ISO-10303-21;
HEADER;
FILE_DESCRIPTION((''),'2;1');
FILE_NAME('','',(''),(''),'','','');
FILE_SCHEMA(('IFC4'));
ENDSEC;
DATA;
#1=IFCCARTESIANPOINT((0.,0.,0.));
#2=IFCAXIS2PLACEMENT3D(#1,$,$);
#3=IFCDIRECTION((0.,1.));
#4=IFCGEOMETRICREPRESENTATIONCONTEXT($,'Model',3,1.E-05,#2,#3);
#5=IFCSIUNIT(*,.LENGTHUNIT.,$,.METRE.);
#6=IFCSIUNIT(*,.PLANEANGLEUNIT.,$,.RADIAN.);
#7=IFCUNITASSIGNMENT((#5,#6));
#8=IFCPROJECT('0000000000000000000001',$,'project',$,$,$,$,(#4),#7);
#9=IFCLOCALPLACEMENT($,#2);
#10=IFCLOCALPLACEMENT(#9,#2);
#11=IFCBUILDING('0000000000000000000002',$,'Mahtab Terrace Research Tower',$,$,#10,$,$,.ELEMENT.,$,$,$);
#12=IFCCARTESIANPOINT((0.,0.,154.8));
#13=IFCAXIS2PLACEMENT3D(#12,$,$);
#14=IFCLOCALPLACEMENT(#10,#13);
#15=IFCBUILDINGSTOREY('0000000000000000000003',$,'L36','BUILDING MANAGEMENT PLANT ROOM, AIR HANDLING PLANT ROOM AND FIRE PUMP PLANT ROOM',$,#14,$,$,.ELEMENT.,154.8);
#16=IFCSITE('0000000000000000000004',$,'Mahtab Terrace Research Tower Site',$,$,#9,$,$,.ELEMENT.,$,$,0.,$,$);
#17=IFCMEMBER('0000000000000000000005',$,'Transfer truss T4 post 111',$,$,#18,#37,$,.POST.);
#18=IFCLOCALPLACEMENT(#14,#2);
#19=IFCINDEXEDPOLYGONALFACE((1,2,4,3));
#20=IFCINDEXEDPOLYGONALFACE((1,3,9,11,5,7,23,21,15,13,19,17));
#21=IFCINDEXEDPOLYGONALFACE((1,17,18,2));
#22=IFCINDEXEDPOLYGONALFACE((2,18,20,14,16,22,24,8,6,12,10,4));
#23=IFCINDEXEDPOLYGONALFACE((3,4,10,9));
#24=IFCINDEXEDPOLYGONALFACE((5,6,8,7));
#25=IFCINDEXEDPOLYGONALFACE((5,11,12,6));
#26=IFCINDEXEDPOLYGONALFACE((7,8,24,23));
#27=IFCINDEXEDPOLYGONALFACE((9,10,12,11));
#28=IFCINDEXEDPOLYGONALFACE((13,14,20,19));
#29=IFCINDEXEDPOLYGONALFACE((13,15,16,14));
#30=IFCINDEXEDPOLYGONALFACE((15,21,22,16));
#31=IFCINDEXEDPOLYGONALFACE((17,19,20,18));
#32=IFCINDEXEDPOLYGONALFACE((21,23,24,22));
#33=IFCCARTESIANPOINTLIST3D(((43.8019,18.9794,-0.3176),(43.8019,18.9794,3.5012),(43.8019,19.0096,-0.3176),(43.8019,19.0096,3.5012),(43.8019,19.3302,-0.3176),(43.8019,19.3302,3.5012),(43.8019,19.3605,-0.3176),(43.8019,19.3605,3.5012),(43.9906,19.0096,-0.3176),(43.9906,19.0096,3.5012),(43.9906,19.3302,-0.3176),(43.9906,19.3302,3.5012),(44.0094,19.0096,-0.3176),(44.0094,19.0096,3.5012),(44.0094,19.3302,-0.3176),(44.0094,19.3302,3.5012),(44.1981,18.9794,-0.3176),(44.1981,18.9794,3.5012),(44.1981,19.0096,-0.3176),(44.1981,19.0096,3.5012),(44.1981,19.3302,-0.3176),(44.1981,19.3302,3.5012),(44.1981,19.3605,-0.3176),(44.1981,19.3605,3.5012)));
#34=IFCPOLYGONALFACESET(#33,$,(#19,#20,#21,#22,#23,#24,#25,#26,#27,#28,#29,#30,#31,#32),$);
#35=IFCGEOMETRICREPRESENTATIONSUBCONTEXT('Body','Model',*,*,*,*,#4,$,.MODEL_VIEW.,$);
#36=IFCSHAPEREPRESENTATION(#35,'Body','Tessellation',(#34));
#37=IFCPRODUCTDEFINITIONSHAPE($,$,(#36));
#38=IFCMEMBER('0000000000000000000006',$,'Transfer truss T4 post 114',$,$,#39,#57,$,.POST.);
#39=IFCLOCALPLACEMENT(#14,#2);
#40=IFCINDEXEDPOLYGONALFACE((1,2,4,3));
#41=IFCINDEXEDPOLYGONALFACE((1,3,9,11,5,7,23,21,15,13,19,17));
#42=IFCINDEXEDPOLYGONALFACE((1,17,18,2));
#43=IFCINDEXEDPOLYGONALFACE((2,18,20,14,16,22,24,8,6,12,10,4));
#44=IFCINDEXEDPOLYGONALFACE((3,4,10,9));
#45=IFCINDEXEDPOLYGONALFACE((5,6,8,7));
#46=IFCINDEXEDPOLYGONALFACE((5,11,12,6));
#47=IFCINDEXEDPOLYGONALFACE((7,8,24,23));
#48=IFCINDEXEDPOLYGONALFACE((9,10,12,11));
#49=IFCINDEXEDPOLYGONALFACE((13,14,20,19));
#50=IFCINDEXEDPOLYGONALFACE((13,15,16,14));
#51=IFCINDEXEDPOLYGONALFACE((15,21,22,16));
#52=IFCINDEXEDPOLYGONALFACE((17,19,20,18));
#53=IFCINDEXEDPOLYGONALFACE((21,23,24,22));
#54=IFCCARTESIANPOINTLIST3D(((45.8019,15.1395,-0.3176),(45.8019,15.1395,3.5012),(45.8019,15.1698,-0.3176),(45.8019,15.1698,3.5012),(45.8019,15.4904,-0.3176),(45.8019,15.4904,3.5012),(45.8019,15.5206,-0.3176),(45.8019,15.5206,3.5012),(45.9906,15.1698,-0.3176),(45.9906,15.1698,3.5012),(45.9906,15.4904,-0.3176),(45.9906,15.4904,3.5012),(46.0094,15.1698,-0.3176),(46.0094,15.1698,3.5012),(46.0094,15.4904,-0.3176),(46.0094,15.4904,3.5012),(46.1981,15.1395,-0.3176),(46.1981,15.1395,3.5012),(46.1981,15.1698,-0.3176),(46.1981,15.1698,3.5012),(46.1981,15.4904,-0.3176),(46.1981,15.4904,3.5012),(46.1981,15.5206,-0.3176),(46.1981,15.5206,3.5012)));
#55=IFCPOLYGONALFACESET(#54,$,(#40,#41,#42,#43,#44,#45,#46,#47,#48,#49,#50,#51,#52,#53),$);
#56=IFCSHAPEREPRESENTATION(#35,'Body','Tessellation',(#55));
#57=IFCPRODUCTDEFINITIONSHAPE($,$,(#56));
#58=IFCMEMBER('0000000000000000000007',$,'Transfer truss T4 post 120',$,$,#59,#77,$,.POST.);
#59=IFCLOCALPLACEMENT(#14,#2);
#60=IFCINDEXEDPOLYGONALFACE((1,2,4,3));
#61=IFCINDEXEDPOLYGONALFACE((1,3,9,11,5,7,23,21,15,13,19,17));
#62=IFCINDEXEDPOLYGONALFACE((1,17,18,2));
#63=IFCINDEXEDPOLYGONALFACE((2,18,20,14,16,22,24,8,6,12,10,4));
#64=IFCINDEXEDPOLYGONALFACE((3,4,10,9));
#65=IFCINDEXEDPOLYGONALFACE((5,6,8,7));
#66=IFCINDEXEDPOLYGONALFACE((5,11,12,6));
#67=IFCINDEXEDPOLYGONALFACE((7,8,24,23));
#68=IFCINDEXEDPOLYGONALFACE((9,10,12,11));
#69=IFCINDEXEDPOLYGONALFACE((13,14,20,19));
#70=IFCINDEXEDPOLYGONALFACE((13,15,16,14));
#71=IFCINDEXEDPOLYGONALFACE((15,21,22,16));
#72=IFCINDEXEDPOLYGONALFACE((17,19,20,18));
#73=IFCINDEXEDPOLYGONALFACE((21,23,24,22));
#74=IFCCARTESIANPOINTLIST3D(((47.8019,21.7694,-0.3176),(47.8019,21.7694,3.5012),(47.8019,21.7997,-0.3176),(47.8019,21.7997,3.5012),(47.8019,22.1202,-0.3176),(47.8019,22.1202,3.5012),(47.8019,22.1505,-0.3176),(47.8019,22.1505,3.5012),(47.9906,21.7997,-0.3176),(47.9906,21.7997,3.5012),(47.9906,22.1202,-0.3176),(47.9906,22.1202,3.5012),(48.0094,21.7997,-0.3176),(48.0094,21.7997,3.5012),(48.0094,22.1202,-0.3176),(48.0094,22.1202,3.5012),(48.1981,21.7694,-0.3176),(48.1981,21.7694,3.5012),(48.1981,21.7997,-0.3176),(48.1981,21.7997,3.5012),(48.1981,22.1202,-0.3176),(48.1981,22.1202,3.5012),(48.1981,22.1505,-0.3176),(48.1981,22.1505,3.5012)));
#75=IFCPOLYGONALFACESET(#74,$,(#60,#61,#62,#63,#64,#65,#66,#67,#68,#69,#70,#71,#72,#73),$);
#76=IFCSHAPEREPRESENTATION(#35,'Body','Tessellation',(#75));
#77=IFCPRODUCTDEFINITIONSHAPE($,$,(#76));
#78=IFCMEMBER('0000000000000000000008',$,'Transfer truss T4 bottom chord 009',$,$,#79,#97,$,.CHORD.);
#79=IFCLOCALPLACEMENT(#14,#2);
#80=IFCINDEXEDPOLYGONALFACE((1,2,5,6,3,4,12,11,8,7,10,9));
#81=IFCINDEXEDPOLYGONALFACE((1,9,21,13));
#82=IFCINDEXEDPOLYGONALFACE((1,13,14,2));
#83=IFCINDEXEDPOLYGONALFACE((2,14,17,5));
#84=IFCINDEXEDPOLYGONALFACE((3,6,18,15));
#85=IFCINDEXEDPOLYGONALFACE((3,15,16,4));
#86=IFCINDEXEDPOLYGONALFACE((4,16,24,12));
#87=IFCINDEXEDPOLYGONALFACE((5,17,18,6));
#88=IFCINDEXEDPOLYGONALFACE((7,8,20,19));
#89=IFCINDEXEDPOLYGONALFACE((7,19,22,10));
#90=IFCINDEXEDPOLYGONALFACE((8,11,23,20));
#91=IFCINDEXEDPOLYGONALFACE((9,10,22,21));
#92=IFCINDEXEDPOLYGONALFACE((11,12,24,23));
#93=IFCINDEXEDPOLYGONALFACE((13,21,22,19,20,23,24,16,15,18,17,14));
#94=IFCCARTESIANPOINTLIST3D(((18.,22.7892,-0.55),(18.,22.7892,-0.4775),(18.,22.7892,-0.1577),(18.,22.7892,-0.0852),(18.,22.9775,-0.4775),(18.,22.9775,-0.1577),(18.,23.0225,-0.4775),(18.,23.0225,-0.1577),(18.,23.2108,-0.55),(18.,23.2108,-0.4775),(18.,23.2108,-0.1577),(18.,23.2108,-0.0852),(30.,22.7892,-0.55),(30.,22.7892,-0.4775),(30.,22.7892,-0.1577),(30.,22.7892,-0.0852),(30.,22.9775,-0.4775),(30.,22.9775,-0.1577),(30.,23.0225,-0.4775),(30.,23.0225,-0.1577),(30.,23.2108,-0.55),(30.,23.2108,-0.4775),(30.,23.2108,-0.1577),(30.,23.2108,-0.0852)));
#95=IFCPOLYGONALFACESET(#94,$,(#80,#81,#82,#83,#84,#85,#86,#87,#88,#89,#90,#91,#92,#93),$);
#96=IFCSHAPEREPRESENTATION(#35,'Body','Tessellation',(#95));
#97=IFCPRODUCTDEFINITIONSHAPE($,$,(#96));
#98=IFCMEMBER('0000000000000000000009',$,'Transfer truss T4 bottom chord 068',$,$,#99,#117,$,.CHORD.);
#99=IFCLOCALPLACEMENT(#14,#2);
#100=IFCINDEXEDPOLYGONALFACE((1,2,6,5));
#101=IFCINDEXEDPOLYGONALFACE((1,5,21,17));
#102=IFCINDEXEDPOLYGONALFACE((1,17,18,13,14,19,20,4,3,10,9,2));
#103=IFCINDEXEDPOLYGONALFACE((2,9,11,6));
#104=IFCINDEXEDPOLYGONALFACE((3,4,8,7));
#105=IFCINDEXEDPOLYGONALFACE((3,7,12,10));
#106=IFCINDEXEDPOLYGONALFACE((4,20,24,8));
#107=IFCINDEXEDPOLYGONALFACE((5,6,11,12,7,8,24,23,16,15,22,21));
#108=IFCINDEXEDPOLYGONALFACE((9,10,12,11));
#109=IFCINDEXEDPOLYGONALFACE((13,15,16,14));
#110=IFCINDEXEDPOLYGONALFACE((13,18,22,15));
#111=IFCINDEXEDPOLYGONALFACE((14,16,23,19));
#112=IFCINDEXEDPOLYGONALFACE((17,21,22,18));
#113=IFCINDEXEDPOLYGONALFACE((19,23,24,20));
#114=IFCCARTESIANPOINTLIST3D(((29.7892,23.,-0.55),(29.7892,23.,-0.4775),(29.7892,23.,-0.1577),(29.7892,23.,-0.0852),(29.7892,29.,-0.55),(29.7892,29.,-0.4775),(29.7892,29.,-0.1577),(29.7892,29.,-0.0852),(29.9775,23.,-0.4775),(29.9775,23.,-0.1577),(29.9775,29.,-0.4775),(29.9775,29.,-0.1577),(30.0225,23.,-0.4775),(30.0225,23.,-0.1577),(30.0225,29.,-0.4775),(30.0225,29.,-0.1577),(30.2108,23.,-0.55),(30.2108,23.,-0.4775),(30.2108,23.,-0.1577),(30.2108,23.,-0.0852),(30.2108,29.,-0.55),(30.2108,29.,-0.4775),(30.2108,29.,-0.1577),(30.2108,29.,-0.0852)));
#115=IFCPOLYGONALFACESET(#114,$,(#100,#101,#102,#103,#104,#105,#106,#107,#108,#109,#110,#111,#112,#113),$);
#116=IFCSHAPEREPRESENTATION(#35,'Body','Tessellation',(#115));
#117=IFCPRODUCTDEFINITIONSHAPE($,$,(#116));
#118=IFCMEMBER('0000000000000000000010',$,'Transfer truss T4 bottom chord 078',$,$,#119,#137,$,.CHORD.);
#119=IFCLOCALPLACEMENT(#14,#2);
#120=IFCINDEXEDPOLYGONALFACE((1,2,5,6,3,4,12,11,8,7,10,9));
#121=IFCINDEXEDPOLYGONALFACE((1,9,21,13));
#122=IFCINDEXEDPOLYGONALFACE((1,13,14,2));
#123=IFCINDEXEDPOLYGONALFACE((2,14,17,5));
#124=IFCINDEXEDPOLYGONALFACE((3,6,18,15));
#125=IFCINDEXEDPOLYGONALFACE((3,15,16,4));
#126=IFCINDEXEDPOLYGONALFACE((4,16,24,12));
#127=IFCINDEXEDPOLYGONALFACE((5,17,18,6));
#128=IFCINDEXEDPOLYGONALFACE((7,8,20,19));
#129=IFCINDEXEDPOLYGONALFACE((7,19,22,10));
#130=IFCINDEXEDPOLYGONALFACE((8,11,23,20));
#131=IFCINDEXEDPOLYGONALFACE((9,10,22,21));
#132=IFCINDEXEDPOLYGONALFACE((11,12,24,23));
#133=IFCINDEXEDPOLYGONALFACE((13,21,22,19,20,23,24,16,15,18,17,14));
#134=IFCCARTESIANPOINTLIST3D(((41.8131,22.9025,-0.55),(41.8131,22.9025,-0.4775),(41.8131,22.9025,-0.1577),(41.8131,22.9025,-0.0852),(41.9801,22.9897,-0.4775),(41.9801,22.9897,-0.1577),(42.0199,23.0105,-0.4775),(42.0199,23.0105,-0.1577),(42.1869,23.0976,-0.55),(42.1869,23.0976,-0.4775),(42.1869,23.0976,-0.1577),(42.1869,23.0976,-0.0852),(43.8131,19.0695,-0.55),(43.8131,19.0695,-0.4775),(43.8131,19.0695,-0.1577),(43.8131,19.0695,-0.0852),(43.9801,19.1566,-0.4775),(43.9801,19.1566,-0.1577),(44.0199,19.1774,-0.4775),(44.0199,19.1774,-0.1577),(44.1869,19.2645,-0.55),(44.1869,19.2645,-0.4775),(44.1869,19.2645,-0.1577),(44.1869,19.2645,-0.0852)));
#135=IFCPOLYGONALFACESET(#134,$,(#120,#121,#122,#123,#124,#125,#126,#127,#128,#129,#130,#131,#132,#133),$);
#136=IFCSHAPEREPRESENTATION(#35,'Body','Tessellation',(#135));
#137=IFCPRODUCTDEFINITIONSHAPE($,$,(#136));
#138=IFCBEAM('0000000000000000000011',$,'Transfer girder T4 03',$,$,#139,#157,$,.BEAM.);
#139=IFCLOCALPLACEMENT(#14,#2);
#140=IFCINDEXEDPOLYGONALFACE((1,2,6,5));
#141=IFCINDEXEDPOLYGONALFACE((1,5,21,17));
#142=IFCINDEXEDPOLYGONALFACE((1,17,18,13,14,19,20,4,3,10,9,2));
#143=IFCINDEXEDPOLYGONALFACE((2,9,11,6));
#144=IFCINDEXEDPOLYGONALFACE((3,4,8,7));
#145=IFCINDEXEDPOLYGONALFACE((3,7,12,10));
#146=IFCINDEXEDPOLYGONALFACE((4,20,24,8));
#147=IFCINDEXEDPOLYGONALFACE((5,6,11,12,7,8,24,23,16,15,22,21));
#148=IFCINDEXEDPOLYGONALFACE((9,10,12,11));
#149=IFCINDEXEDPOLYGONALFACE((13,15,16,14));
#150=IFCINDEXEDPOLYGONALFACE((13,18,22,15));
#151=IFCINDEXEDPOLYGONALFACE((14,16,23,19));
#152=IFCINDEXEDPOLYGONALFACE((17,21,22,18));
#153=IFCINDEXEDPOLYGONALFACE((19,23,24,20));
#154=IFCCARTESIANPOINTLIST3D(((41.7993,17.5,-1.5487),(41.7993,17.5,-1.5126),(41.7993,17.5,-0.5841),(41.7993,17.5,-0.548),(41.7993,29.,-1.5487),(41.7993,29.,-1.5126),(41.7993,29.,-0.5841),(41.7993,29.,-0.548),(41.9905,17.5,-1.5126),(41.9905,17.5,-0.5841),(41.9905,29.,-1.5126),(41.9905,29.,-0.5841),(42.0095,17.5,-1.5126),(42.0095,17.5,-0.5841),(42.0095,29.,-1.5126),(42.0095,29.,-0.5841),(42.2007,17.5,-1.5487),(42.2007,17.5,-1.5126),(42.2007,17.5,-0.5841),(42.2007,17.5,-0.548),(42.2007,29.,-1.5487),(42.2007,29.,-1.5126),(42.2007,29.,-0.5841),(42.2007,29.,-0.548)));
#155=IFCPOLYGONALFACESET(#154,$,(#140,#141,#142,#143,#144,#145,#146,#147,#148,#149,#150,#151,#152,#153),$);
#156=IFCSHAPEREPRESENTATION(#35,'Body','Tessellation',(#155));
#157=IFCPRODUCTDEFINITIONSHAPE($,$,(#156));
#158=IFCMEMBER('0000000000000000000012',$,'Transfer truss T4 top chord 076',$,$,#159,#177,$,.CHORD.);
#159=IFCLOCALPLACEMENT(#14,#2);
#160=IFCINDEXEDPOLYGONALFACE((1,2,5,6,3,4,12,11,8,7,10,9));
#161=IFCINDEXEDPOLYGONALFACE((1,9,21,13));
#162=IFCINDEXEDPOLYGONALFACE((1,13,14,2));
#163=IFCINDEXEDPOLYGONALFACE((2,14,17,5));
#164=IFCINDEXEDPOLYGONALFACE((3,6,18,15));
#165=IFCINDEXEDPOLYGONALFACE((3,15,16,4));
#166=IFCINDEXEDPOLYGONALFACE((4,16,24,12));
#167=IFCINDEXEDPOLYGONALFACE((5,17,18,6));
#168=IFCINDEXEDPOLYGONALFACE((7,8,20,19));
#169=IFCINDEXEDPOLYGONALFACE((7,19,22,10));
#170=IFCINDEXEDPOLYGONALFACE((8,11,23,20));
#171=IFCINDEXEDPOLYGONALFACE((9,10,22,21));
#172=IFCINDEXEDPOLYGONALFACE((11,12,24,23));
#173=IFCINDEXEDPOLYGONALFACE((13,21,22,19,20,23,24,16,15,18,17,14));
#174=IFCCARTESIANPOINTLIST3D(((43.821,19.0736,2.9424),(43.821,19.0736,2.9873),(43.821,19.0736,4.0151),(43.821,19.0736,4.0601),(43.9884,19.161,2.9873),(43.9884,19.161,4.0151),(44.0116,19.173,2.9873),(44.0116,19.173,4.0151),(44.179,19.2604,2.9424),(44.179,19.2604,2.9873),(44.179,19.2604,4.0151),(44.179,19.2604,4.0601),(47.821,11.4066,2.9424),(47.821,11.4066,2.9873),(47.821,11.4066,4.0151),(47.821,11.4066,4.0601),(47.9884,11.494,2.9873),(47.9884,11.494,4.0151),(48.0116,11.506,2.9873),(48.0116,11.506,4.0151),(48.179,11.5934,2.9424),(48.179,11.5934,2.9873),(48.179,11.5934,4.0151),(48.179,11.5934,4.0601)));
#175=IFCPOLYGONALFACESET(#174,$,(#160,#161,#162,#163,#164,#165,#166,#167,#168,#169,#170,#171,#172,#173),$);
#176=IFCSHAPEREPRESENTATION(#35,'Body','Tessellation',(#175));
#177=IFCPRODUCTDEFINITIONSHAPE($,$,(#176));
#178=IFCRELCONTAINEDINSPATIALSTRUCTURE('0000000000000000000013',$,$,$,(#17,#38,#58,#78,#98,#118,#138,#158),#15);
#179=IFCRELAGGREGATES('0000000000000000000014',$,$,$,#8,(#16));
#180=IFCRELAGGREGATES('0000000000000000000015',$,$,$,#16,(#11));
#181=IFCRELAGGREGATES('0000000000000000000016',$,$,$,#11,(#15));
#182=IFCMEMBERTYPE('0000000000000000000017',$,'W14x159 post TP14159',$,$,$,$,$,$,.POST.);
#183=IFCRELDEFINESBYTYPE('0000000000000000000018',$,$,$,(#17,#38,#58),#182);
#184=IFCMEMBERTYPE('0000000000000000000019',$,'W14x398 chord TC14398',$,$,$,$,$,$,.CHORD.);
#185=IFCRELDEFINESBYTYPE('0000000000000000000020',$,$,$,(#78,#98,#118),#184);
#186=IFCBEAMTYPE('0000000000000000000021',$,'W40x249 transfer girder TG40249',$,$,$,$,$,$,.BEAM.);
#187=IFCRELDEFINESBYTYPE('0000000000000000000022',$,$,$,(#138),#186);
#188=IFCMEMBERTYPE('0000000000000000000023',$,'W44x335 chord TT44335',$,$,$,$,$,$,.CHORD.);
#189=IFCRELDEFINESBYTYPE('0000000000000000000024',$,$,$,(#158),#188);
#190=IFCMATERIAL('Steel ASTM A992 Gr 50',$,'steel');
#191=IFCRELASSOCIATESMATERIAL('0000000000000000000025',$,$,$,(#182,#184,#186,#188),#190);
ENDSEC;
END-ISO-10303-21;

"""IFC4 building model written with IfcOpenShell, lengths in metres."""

from ifc_helpers import new_model, si_unit, direction, frame, origin, origin_2d, place, context, subcontext, project, spatial, i_section, extrude, material, material_profile, profile_set, type_object, element, save


model = new_model("IFC4")

# Units and contexts
model_context = context("Model", 3, precision=1e-05, world=origin(), true_north=direction((0.0, 1.0)))
body_context = subcontext(model_context, "Body", "Model", "MODEL_VIEW")
ifc_project = project(units=[si_unit("LENGTHUNIT", "METRE"), si_unit("PLANEANGLEUNIT", "RADIAN")], contexts=[model_context])

# Site, building, storey
site_placement = place(None, origin())
site = spatial("IfcSite", under=ifc_project, at=site_placement, Name="Mahtab Terrace Research Tower Site", CompositionType="ELEMENT", RefElevation=0.0)
building_placement = place(site_placement, origin())
building = spatial("IfcBuilding", under=site, at=building_placement, Name="Mahtab Terrace Research Tower", CompositionType="ELEMENT")
storey_placement = place(building_placement, frame((0.0, 0.0, 154.8)))
storey = spatial("IfcBuildingStorey", under=building, at=storey_placement, Name="L36", Description="BUILDING MANAGEMENT PLANT ROOM, AIR HANDLING PLANT ROOM AND FIRE PUMP PLANT ROOM", CompositionType="ELEMENT", Elevation=154.8)

# Members
ifc_material_1 = material(Name="Steel ASTM A992 Gr 50", Category="steel")
ifc_material_profile_1 = material_profile(ifc_material_1, i_section(OverallWidth=0.3962, OverallDepth=0.3811, WebThickness=0.0188, FlangeThickness=0.0303, at=origin_2d()), Name="W14X159")
ifc_profile_set_1 = profile_set([ifc_material_profile_1], Name="Steel ASTM A992 Gr 50")
member_type_1 = type_object("IfcMemberType", Name="W14x159 post TP14159", PredefinedType="POST", material=ifc_profile_set_1)
for number, where, z_axis, x_axis, name in (
    (1, (44.0, 19.1699, -0.3176), (0.0, 0.0, 1.0), (1.0, 0.0, 0.0), "Transfer truss T4 post 111"),
    (2, (46.0, 15.3301, -0.3176), (0.0, 0.0, 1.0), (1.0, 0.0, 0.0), "Transfer truss T4 post 114"),
    (3, (48.0, 21.96, -0.3176), (0.0, 0.0, 1.0), (1.0, 0.0, 0.0), "Transfer truss T4 post 120"),
):
    element("IfcMember", number, at=place(storey_placement, frame(where, z_axis=z_axis, x_axis=x_axis)), inside=storey, type_object=member_type_1, Name=name, PredefinedType="POST", context=body_context, shape_type="SweptSolid", body=[
        extrude(i_section(OverallWidth=0.3962, OverallDepth=0.3811, WebThickness=0.0188, FlangeThickness=0.0303, at=origin_2d()), origin(), (0.0, 0.0, 1.0), 3.8188),
    ])
ifc_material_profile_2 = material_profile(ifc_material_1, i_section(OverallWidth=0.4216, OverallDepth=0.4648, WebThickness=0.0449, FlangeThickness=0.0725, at=origin_2d()), Name="W14X398")
ifc_profile_set_2 = profile_set([ifc_material_profile_2], Name="Steel ASTM A992 Gr 50")
member_type_2 = type_object("IfcMemberType", Name="W14x398 chord TC14398", PredefinedType="CHORD", material=ifc_profile_set_2)
member_1_placement = place(storey_placement, frame((30.0, 23.0, -0.3176), z_axis=(-1.0, 0.0, 0.0), x_axis=(0.0, -1.0, 0.0)))
element("IfcMember", 4, at=member_1_placement, inside=storey, type_object=member_type_2, Name="Transfer truss T4 bottom chord 009", PredefinedType="CHORD", context=body_context, shape_type="SweptSolid", body=[
    extrude(i_section(OverallWidth=0.4216, OverallDepth=0.4648, WebThickness=0.0449, FlangeThickness=0.0725, at=origin_2d()), origin(), (0.0, 0.0, 1.0), 12.0),
])
member_2_placement = place(storey_placement, frame((30.0, 23.0, -0.3176), z_axis=(0.0, 1.0, 0.0), x_axis=(-1.0, 0.0, 0.0)))
element("IfcMember", 5, at=member_2_placement, inside=storey, type_object=member_type_2, Name="Transfer truss T4 bottom chord 068", PredefinedType="CHORD", context=body_context, shape_type="SweptSolid", body=[
    extrude(i_section(OverallWidth=0.4216, OverallDepth=0.4648, WebThickness=0.0449, FlangeThickness=0.0725, at=origin_2d()), origin(), (0.0, 0.0, 1.0), 6.0),
])
member_3_placement = place(storey_placement, frame((44.0, 19.167, -0.3176), z_axis=(-0.462597, 0.886569, 0.0), x_axis=(-0.886569, -0.462597, 0.0)))
element("IfcMember", 6, at=member_3_placement, inside=storey, type_object=member_type_2, Name="Transfer truss T4 bottom chord 078", PredefinedType="CHORD", context=body_context, shape_type="SweptSolid", body=[
    extrude(i_section(OverallWidth=0.4216, OverallDepth=0.4648, WebThickness=0.0449, FlangeThickness=0.0725, at=origin_2d()), origin(), (0.0, 0.0, 1.0), 4.3235),
])

# Beam
ifc_material_profile_3 = material_profile(ifc_material_1, i_section(OverallWidth=0.4014, OverallDepth=1.0007, WebThickness=0.019, FlangeThickness=0.0361, at=origin_2d()), Name="W40X249")
ifc_profile_set_3 = profile_set([ifc_material_profile_3], Name="Steel ASTM A992 Gr 50")
beam_type = type_object("IfcBeamType", Name="W40x249 transfer girder TG40249", PredefinedType="BEAM", material=ifc_profile_set_3)
beam_placement = place(storey_placement, frame((42.0, 17.5, -1.0483), z_axis=(0.0, 1.0, 0.0), x_axis=(-1.0, 0.0, 0.0)))
element("IfcBeam", 7, at=beam_placement, inside=storey, type_object=beam_type, Name="Transfer girder T4 03", PredefinedType="BEAM", context=body_context, shape_type="SweptSolid", body=[
    extrude(i_section(OverallWidth=0.4014, OverallDepth=1.0007, WebThickness=0.019, FlangeThickness=0.0361, at=origin_2d()), origin(), (0.0, 0.0, 1.0), 11.5),
])

# Member
ifc_material_profile_4 = material_profile(ifc_material_1, i_section(OverallWidth=0.4038, OverallDepth=1.1177, WebThickness=0.0261, FlangeThickness=0.0449, at=origin_2d()), Name="W44X335")
ifc_profile_set_4 = profile_set([ifc_material_profile_4], Name="Steel ASTM A992 Gr 50")
member_type_3 = type_object("IfcMemberType", Name="W44x335 chord TT44335", PredefinedType="CHORD", material=ifc_profile_set_4)
member_4_placement = place(storey_placement, frame((48.0, 11.5, 3.5012), z_axis=(-0.462551, 0.886593, 0.0), x_axis=(-0.886593, -0.462551, 0.0)))
element("IfcMember", 8, at=member_4_placement, inside=storey, type_object=member_type_3, Name="Transfer truss T4 top chord 076", PredefinedType="CHORD", context=body_context, shape_type="SweptSolid", body=[
    extrude(i_section(OverallWidth=0.4038, OverallDepth=1.1177, WebThickness=0.0261, FlangeThickness=0.0449, at=origin_2d()), origin(), (0.0, 0.0, 1.0), 8.6477),
])

save(model, "model.ifc")
